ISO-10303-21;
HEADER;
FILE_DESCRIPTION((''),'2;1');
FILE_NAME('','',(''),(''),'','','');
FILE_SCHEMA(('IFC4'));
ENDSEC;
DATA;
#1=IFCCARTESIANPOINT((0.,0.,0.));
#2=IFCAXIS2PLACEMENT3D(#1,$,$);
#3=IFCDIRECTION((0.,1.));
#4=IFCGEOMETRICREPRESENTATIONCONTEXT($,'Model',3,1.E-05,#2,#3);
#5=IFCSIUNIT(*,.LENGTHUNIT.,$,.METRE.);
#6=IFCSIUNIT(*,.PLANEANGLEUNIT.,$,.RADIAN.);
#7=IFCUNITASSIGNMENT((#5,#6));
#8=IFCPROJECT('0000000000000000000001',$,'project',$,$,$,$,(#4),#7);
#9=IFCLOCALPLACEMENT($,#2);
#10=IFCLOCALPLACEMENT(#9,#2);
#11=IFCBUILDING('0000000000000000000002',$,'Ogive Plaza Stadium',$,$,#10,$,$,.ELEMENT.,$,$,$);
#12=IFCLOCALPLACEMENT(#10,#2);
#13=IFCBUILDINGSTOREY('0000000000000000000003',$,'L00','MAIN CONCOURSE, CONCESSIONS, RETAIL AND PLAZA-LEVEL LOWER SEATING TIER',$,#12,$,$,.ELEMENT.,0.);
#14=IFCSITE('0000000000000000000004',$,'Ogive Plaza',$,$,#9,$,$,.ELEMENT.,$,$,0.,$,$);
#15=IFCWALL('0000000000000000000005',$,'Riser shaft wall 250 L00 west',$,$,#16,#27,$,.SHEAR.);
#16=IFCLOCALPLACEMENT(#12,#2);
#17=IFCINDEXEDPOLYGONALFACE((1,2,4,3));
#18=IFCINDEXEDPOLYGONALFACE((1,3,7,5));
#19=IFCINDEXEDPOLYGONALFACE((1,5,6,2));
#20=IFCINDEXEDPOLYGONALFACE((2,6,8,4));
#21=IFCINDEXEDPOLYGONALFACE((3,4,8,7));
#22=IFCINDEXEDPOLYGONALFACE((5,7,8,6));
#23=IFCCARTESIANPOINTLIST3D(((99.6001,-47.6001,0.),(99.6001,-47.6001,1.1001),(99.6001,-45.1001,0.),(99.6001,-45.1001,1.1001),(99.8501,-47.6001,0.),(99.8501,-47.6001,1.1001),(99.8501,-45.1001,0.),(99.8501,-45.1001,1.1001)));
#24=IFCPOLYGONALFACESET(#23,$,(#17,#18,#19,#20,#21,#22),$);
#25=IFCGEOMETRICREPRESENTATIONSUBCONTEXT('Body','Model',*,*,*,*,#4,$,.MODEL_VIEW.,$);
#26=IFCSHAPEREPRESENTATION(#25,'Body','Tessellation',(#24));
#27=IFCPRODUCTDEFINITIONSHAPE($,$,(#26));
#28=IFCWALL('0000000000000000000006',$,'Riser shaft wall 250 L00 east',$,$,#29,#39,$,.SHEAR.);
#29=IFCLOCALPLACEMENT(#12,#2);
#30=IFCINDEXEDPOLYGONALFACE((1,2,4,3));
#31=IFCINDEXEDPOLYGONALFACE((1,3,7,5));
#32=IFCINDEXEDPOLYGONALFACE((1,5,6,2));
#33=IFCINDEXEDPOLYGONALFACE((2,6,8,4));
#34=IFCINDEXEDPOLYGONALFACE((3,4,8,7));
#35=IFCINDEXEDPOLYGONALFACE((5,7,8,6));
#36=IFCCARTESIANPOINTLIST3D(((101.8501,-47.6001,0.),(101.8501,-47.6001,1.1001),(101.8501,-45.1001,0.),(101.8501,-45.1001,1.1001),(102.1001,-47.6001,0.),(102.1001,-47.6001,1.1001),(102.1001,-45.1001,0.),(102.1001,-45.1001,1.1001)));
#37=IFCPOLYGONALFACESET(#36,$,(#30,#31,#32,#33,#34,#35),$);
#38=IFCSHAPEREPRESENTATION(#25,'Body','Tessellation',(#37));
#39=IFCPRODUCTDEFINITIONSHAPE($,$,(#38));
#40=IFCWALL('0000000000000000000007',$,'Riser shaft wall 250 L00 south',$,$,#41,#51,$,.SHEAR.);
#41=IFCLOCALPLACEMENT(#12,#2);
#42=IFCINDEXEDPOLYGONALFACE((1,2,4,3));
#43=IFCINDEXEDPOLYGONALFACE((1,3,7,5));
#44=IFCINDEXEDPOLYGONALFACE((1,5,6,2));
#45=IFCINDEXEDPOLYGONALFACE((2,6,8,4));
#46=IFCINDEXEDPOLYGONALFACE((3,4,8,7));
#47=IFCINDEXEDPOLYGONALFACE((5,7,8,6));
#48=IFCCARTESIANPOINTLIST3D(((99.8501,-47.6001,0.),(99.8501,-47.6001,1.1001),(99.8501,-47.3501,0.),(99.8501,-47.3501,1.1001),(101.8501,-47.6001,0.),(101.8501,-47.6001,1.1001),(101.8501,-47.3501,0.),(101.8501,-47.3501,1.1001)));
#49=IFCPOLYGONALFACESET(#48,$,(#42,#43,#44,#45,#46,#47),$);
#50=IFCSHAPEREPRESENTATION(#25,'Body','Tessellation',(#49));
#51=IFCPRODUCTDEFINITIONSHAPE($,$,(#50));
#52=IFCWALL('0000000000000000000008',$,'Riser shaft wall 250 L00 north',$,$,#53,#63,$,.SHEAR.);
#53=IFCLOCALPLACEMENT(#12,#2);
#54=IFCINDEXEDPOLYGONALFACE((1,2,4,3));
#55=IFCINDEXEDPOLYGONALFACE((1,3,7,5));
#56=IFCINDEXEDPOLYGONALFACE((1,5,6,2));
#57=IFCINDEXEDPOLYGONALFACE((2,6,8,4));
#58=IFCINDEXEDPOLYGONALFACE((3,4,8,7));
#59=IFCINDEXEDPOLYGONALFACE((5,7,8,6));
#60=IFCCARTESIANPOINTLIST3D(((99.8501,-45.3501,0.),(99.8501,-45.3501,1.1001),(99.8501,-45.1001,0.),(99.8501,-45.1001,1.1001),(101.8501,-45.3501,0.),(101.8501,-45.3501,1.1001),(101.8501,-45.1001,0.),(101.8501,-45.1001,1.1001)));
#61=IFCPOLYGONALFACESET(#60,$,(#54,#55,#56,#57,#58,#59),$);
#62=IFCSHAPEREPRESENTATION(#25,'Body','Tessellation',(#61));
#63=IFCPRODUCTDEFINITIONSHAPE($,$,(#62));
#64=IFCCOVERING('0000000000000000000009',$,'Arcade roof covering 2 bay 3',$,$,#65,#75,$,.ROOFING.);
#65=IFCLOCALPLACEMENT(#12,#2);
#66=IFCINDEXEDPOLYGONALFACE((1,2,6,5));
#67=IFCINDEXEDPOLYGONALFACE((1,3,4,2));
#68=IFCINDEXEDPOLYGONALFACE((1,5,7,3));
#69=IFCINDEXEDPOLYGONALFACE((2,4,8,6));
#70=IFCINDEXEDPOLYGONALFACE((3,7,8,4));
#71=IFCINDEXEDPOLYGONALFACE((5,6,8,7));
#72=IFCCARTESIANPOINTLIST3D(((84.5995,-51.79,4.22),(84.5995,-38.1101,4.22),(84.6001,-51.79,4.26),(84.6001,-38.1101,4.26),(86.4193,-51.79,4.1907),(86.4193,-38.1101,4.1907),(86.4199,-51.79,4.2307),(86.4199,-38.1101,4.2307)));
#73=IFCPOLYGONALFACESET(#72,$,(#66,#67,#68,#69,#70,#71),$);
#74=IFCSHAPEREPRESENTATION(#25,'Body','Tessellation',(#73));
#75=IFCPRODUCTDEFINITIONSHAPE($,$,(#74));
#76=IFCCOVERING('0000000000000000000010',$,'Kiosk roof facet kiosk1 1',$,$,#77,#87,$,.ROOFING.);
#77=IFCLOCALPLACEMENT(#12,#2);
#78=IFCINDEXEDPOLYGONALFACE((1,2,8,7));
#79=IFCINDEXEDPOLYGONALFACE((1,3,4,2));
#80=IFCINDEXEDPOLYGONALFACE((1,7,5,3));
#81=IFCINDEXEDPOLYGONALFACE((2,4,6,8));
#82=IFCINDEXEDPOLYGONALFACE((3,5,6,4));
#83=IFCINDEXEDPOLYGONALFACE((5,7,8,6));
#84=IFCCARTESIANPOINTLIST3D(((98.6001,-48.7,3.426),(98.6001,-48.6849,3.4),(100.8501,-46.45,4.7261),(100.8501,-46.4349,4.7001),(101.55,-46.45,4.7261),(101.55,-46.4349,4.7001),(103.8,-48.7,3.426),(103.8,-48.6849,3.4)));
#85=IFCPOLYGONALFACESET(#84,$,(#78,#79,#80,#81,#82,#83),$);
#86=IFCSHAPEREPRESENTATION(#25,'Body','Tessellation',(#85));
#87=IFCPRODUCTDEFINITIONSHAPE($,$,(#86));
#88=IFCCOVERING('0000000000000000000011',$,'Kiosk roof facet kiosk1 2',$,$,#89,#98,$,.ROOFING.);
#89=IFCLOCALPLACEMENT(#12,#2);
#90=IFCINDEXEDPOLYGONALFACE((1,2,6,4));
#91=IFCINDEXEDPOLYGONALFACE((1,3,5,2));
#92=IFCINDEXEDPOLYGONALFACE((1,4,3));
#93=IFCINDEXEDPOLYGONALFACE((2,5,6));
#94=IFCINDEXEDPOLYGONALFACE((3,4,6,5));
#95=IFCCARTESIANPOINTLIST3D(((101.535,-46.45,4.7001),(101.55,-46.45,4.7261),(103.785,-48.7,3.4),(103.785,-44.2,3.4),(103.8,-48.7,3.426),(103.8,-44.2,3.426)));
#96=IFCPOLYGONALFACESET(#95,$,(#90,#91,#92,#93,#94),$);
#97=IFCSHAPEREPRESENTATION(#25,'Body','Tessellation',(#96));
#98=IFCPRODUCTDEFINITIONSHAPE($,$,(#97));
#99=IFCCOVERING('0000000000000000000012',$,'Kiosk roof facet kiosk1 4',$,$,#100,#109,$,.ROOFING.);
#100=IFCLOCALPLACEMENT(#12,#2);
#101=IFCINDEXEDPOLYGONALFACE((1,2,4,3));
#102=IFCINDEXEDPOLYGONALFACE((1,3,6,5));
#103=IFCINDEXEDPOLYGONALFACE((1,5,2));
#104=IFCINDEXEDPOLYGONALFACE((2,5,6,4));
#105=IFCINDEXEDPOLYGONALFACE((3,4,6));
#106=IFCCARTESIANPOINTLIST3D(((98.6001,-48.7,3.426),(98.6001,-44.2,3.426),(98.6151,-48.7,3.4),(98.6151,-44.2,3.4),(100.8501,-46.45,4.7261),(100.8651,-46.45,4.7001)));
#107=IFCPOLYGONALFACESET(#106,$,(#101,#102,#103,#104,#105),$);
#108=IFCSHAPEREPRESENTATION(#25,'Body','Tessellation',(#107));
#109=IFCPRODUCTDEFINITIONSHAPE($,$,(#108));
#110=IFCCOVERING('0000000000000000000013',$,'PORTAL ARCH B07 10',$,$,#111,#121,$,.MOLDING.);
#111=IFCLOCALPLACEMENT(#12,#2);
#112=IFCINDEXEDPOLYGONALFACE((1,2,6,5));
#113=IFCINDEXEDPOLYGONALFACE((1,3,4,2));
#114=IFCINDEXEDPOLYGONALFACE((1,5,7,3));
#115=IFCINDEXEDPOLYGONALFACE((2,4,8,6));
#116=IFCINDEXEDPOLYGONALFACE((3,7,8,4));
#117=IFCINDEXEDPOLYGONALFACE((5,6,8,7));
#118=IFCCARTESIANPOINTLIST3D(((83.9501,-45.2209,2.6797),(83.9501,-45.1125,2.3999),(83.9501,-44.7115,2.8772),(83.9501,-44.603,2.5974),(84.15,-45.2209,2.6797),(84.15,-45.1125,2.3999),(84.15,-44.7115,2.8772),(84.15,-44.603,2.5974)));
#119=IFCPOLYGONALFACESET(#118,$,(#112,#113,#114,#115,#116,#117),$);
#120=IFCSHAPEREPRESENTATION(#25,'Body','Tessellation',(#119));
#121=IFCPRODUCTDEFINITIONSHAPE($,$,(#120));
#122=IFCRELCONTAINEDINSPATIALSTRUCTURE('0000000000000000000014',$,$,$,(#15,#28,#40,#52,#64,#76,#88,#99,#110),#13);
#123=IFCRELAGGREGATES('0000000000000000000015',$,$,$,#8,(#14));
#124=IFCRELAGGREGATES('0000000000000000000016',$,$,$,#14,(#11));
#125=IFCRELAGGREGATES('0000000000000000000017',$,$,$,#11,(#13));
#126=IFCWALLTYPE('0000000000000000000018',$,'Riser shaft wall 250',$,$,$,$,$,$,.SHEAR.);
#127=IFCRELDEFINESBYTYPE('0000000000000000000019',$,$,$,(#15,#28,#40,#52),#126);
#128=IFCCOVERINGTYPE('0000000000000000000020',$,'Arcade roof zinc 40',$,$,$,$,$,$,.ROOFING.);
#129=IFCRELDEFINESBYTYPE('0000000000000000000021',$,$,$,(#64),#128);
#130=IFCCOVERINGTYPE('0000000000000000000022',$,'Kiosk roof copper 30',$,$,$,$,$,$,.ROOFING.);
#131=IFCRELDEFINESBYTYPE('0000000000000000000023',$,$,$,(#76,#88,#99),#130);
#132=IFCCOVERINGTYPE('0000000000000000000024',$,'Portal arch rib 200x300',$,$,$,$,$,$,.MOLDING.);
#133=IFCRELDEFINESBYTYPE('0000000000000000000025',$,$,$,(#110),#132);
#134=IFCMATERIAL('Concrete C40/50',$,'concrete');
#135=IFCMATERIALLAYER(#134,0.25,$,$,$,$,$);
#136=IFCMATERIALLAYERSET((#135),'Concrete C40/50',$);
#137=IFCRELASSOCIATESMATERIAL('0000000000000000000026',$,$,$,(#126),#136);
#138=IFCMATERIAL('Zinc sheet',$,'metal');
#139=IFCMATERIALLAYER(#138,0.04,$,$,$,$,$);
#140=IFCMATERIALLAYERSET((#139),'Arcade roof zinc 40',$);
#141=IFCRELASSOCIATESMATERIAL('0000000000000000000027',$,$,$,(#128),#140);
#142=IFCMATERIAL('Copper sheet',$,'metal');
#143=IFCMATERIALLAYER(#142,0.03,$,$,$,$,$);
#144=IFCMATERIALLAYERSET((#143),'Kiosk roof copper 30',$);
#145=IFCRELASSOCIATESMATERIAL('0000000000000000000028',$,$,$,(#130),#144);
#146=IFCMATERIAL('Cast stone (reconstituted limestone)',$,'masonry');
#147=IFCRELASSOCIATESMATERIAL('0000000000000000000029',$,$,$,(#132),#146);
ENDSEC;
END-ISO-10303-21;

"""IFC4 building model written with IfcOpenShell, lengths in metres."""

from ifc_helpers import new_model, si_unit, direction, frame, frame_2d, origin, origin_2d, place, context, subcontext, project, spatial, polyline, rectangle, outline, extrude, material, layer, layer_set, material_profile, profile_set, type_object, element, save


model = new_model("IFC4")

# Units and contexts
model_context = context("Model", 3, precision=1e-05, world=origin(), true_north=direction((0.0, 1.0)))
body_context = subcontext(model_context, "Body", "Model", "MODEL_VIEW")
ifc_project = project(units=[si_unit("LENGTHUNIT", "METRE"), si_unit("PLANEANGLEUNIT", "RADIAN")], contexts=[model_context])

# Site, building, storey
site_placement = place(None, origin())
site = spatial("IfcSite", under=ifc_project, at=site_placement, Name="Ogive Plaza", CompositionType="ELEMENT", RefElevation=0.0)
building_placement = place(site_placement, origin())
building = spatial("IfcBuilding", under=site, at=building_placement, Name="Ogive Plaza Stadium", CompositionType="ELEMENT")
storey_placement = place(building_placement, origin())
storey = spatial("IfcBuildingStorey", under=building, at=storey_placement, Name="L00", Description="MAIN CONCOURSE, CONCESSIONS, RETAIL AND PLAZA-LEVEL LOWER SEATING TIER", CompositionType="ELEMENT", Elevation=0.0)

# Walls
ifc_material_1 = material(Name="Concrete C40/50", Category="concrete")
ifc_layer_1 = layer(ifc_material_1, 0.25)
ifc_layer_set_1 = layer_set([ifc_layer_1], Name="Concrete C40/50")
wall_type_1 = type_object("IfcWallType", Name="Riser shaft wall 250", PredefinedType="SHEAR", material=ifc_layer_set_1)
for number, where, z_axis, x_axis, name in (
    (1, (99.7251, -47.6001, 0.0), (0.0, 0.0, 1.0), (0.0, 1.0, 0.0), "Riser shaft wall 250 L00 west"),
    (2, (101.9751, -47.6001, 0.0), (0.0, 0.0, 1.0), (0.0, 1.0, 0.0), "Riser shaft wall 250 L00 east"),
):
    element("IfcWall", number, at=place(storey_placement, frame(where, z_axis=z_axis, x_axis=x_axis)), inside=storey, type_object=wall_type_1, Name=name, PredefinedType="SHEAR", context=body_context, shape_type="SweptSolid", body=[
        extrude(rectangle(XDim=2.5, YDim=0.25, at=frame_2d((1.25, 0.0))), origin(), (0.0, 0.0, 1.0), 1.1001),
    ])
for number, where, z_axis, x_axis, name in (
    (3, (99.8501, -47.4751, 0.0), (0.0, 0.0, 1.0), (1.0, 0.0, 0.0), "Riser shaft wall 250 L00 south"),
    (4, (99.8501, -45.2251, 0.0), (0.0, 0.0, 1.0), (1.0, 0.0, 0.0), "Riser shaft wall 250 L00 north"),
):
    element("IfcWall", number, at=place(storey_placement, frame(where, z_axis=z_axis, x_axis=x_axis)), inside=storey, type_object=wall_type_1, Name=name, PredefinedType="SHEAR", context=body_context, shape_type="SweptSolid", body=[
        extrude(rectangle(XDim=2.0, YDim=0.25, at=frame_2d((1.0, 0.0))), origin(), (0.0, 0.0, 1.0), 1.1001),
    ])

# Coverings
ifc_material_2 = material(Name="Zinc sheet", Category="metal")
ifc_layer_2 = layer(ifc_material_2, 0.04)
ifc_layer_set_2 = layer_set([ifc_layer_2], Name="Arcade roof zinc 40")
covering_type_1 = type_object("IfcCoveringType", Name="Arcade roof zinc 40", PredefinedType="ROOFING", material=ifc_layer_set_2)
covering_1_placement = place(storey_placement, frame((84.6001, -51.79, 4.26), z_axis=(0.016097, 0.0, 0.99987), x_axis=(0.99987, 0.0, -0.016097)))
element("IfcCovering", 5, at=covering_1_placement, inside=storey, type_object=covering_type_1, Name="Arcade roof covering 2 bay 3", PredefinedType="ROOFING", context=body_context, shape_type="SweptSolid", body=[
    extrude(outline(polyline([(0.0, 0.0), (1.8201, 0.0), (1.8201, 13.6799), (0.0, 13.6799), (0.0, 0.0)])), origin(), (0.0, 0.0, -1.0), 0.04),
])
ifc_material_3 = material(Name="Copper sheet", Category="metal")
ifc_layer_3 = layer(ifc_material_3, 0.03)
ifc_layer_set_3 = layer_set([ifc_layer_3], Name="Kiosk roof copper 30")
covering_type_2 = type_object("IfcCoveringType", Name="Kiosk roof copper 30", PredefinedType="ROOFING", material=ifc_layer_set_3)
covering_2_placement = place(storey_placement, frame((98.6001, -48.7, 3.426), z_axis=(0.0, -0.500292, 0.865857), x_axis=(1.0, 0.0, 0.0)))
element("IfcCovering", 6, at=covering_2_placement, inside=storey, type_object=covering_type_2, Name="Kiosk roof facet kiosk1 1", PredefinedType="ROOFING", context=body_context, shape_type="SweptSolid", body=[
    extrude(outline(polyline([(0.0, 0.0), (5.2, 0.0), (2.95, 2.5986), (2.25, 2.5986), (0.0, 0.0)])), origin(), (0.0, 0.0, -1.0), 0.03),
])
for number, where, z_axis, x_axis, name in (
    (7, (103.8, -48.7, 3.426), (0.500292, 0.0, 0.865857), (0.0, 1.0, 0.0), "Kiosk roof facet kiosk1 2"),
    (8, (98.6001, -44.2, 3.426), (-0.500292, 0.0, 0.865857), (0.0, -1.0, 0.0), "Kiosk roof facet kiosk1 4"),
):
    element("IfcCovering", number, at=place(storey_placement, frame(where, z_axis=z_axis, x_axis=x_axis)), inside=storey, type_object=covering_type_2, Name=name, PredefinedType="ROOFING", context=body_context, shape_type="SweptSolid", body=[
        extrude(outline(polyline([(0.0, 0.0), (4.5, 0.0), (2.25, 2.5986), (0.0, 0.0)])), origin(), (0.0, 0.0, -1.0), 0.03),
    ])
ifc_material_4 = material(Name="Cast stone (reconstituted limestone)", Category="masonry")
ifc_material_profile_1 = material_profile(ifc_material_4, rectangle(XDim=0.2, YDim=0.3, at=origin_2d()), Name="Cast stone 200x300")
ifc_profile_set_1 = profile_set([ifc_material_profile_1], Name="Cast stone (reconstituted limestone)")
covering_type_3 = type_object("IfcCoveringType", Name="Portal arch rib 200x300", PredefinedType="MOLDING", material=ifc_profile_set_1)
covering_3_placement = place(storey_placement, frame((84.05, -44.6572, 2.7373), z_axis=(0.0, -0.932398, -0.361433), x_axis=(1.0, 0.0, 0.0)))
element("IfcCovering", 9, at=covering_3_placement, inside=storey, type_object=covering_type_3, Name="PORTAL ARCH B07 10", PredefinedType="MOLDING", context=body_context, shape_type="SweptSolid", body=[
    extrude(rectangle(XDim=0.2, YDim=0.3, at=origin_2d()), origin(), (0.0, 0.0, 1.0), 0.5464),
])

save(model, "model.ifc")
